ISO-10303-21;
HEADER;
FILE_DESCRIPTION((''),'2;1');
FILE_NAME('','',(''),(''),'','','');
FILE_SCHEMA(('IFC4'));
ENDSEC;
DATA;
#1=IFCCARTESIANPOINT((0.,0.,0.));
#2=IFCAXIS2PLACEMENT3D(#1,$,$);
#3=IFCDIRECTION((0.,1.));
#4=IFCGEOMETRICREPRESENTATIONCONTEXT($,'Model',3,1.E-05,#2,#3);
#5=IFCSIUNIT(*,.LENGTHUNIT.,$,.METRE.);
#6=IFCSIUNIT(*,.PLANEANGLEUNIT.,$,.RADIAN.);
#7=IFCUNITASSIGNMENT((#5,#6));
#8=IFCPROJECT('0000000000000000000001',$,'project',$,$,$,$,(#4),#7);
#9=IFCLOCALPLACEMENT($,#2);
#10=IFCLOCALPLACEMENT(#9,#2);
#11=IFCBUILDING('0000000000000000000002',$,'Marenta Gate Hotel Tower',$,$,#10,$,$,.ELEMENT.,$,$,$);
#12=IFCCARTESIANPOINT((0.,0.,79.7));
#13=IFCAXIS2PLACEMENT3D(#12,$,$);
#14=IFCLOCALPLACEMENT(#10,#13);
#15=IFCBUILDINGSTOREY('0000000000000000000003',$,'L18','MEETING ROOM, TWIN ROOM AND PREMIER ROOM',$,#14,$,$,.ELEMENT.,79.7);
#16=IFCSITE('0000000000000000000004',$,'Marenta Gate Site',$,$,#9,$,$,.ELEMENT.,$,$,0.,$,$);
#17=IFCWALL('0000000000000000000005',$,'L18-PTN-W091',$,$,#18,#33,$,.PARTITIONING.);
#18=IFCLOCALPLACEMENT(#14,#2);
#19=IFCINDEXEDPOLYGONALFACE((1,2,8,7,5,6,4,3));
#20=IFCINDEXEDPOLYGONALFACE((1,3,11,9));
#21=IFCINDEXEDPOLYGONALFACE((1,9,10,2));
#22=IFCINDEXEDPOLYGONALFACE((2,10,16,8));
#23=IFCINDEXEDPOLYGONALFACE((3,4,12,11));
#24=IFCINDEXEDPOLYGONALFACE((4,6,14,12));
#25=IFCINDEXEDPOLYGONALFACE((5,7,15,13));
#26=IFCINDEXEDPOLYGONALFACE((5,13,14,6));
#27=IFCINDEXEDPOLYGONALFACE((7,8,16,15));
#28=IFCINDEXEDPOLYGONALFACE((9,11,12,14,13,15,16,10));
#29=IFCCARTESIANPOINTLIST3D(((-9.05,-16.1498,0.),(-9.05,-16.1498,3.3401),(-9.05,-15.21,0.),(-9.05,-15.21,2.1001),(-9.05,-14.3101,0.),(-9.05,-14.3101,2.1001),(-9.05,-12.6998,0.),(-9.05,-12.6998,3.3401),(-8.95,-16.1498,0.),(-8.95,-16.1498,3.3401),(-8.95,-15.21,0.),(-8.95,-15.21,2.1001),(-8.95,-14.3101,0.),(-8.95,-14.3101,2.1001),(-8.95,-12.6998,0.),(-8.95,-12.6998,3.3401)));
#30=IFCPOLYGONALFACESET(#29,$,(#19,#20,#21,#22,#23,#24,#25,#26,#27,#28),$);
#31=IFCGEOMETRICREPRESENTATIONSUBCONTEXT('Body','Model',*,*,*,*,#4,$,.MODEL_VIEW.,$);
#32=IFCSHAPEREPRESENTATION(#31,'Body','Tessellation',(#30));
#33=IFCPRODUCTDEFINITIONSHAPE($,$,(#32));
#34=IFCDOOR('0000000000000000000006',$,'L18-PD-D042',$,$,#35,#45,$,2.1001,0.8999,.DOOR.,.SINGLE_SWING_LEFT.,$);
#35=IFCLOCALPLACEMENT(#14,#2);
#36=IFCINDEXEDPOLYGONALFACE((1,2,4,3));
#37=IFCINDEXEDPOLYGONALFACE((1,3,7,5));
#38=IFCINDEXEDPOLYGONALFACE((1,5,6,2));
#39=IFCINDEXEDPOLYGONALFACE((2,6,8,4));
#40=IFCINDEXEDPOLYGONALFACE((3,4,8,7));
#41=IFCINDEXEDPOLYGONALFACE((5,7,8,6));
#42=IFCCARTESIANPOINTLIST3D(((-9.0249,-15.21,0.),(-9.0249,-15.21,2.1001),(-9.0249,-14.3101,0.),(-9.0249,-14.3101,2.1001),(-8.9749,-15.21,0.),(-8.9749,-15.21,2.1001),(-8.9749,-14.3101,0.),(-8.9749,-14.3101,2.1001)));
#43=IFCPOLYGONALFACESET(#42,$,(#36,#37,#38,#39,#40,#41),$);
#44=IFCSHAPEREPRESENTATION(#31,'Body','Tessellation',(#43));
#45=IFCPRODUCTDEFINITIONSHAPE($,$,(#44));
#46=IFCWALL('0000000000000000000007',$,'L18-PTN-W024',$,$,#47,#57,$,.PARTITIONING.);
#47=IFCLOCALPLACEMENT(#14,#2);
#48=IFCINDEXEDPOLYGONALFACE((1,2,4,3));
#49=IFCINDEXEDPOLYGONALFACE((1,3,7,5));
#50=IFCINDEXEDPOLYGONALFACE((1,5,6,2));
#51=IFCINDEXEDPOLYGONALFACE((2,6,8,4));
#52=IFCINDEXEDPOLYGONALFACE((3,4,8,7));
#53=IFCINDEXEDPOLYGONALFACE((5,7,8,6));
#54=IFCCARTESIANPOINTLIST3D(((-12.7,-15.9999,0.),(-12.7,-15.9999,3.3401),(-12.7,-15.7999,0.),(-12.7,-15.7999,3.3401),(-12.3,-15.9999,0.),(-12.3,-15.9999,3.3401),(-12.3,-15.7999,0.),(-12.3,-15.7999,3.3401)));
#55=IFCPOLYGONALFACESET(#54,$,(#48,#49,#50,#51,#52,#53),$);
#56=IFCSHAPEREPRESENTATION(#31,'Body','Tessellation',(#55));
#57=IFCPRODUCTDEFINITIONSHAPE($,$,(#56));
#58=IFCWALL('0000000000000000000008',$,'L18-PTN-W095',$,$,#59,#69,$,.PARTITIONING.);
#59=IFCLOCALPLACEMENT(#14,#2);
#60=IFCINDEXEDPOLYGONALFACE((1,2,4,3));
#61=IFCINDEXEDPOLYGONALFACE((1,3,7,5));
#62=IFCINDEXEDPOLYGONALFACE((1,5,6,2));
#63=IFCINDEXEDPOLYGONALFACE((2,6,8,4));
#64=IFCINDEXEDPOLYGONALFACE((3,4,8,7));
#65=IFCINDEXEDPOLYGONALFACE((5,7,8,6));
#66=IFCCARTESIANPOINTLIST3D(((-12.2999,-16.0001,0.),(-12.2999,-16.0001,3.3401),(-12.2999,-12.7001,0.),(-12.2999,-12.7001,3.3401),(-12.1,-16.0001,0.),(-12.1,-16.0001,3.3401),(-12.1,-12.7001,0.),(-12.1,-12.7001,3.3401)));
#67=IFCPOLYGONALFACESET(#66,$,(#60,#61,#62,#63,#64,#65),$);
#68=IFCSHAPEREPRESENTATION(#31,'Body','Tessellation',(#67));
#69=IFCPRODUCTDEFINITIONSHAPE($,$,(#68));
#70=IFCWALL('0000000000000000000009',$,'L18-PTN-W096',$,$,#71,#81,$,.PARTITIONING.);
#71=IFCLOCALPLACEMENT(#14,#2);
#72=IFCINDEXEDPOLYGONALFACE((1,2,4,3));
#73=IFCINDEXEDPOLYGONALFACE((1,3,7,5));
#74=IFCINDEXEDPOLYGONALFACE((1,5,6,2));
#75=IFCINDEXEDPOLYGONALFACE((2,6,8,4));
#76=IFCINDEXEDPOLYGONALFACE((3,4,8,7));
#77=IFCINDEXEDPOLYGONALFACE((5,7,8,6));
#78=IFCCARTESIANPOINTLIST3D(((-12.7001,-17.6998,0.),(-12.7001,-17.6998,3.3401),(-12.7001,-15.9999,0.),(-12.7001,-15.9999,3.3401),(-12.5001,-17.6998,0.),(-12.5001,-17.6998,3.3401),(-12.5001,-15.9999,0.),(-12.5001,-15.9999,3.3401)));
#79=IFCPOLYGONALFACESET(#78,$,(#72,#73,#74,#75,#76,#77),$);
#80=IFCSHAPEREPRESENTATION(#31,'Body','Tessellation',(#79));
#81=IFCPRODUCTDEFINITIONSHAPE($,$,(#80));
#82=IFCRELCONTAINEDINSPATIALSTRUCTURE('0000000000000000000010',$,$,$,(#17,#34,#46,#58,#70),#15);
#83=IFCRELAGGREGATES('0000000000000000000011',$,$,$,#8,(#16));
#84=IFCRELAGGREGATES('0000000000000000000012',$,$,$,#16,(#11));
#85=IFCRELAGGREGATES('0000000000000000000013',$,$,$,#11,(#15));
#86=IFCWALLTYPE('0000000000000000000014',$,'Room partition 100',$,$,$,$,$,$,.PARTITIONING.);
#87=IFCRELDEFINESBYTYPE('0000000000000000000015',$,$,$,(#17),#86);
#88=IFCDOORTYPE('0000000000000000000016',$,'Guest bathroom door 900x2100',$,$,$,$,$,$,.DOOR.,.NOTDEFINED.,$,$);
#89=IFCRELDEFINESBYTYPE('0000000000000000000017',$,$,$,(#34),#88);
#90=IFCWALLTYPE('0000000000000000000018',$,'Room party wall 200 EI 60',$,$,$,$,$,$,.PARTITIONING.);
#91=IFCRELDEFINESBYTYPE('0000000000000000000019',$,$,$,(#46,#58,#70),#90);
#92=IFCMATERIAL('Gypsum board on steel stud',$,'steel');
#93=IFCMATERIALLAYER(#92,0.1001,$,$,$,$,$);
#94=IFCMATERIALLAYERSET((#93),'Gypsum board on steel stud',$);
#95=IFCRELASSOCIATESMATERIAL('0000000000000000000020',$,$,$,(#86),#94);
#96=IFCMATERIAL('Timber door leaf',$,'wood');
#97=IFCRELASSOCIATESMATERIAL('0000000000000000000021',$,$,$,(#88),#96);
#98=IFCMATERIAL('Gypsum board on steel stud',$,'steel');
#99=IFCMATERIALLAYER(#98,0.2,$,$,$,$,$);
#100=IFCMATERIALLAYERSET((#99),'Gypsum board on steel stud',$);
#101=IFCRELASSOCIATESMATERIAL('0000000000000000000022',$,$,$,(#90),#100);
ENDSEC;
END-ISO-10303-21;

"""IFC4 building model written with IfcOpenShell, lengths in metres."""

from ifc_helpers import new_model, si_unit, direction, frame, frame_2d, origin, place, context, subcontext, project, spatial, rectangle, extrude, material, layer, layer_set, type_object, element, fill, save


model = new_model("IFC4")

# Units and contexts
model_context = context("Model", 3, precision=1e-05, world=origin(), true_north=direction((0.0, 1.0)))
body_context = subcontext(model_context, "Body", "Model", "MODEL_VIEW")
ifc_project = project(units=[si_unit("LENGTHUNIT", "METRE"), si_unit("PLANEANGLEUNIT", "RADIAN")], contexts=[model_context])

# Site, building, storey
site_placement = place(None, origin())
site = spatial("IfcSite", under=ifc_project, at=site_placement, Name="Marenta Gate Site", CompositionType="ELEMENT", RefElevation=0.0)
building_placement = place(site_placement, origin())
building = spatial("IfcBuilding", under=site, at=building_placement, Name="Marenta Gate Hotel Tower", CompositionType="ELEMENT")
storey_placement = place(building_placement, frame((0.0, 0.0, 79.7)))
storey = spatial("IfcBuildingStorey", under=building, at=storey_placement, Name="L18", Description="MEETING ROOM, TWIN ROOM AND PREMIER ROOM", CompositionType="ELEMENT", Elevation=79.7)

# Shared definitions
ifc_material_1 = material(Name="Gypsum board on steel stud", Category="steel")
ifc_layer_1 = layer(ifc_material_1, 0.1001)
ifc_layer_set_1 = layer_set([ifc_layer_1], Name="Gypsum board on steel stud")
wall_type_1 = type_object("IfcWallType", Name="Room partition 100", PredefinedType="PARTITIONING", material=ifc_layer_set_1)

# Wall, opening, door
wall_1_placement = place(storey_placement, frame((-9.0, -16.1499, 0.0), z_axis=(0.0, 0.0, 1.0), x_axis=(0.0, 1.0, 0.0)))
wall_1 = element("IfcWall", 1, at=wall_1_placement, inside=storey, type_object=wall_type_1, Name="L18-PTN-W091", PredefinedType="PARTITIONING", context=body_context, shape_type="SweptSolid", body=[
    extrude(rectangle(XDim=3.45, YDim=0.1001, at=frame_2d((1.7251, 0.0))), origin(), (0.0, 0.0, 1.0), 3.3401),
])
opening_1_placement = place(wall_1_placement, frame((0.9399, 0.0, 0.0)))
opening_1 = element("IfcOpeningElement", 2, at=opening_1_placement, cuts=wall_1, PredefinedType="OPENING", context=body_context, shape_type="SweptSolid", body=[
    extrude(rectangle(XDim=0.8999, YDim=2.1001, at=frame_2d((0.45, 1.05))), frame((0.0, 0.05, 0.0), z_axis=(0.0, -1.0, 0.0), x_axis=(1.0, 0.0, 0.0)), (0.0, 0.0, 1.0), 0.1001),
])
ifc_material_2 = material(Name="Timber door leaf", Category="wood")
door_type_1 = type_object("IfcDoorType", Name="Guest bathroom door 900x2100", OperationType="NOTDEFINED", PredefinedType="DOOR", material=ifc_material_2)
door_1_placement = place(opening_1_placement, origin())
door_1 = element("IfcDoor", 3, at=door_1_placement, inside=storey, type_object=door_type_1, Name="L18-PD-D042", OperationType="SINGLE_SWING_LEFT", OverallHeight=2.1001, OverallWidth=0.8999, PredefinedType="DOOR", context=body_context, shape_type="SweptSolid", body=[
    extrude(rectangle(XDim=0.8999, YDim=2.1001, at=frame_2d((0.45, 1.05))), frame((0.0, 0.0249, 0.0), z_axis=(0.0, -1.0, 0.0), x_axis=(1.0, 0.0, 0.0)), (0.0, 0.0, 1.0), 0.05),
])
fill(opening_1, door_1)

# Walls
ifc_material_3 = material(Name="Gypsum board on steel stud", Category="steel")
ifc_layer_2 = layer(ifc_material_3, 0.2)
ifc_layer_set_2 = layer_set([ifc_layer_2], Name="Gypsum board on steel stud")
wall_type_2 = type_object("IfcWallType", Name="Room party wall 200 EI 60", PredefinedType="PARTITIONING", material=ifc_layer_set_2)
wall_2_placement = place(storey_placement, frame((-12.7, -15.8999, 0.0), z_axis=(0.0, 0.0, 1.0), x_axis=(1.0, 0.0, 0.0)))
element("IfcWall", 4, at=wall_2_placement, inside=storey, type_object=wall_type_2, Name="L18-PTN-W024", PredefinedType="PARTITIONING", context=body_context, shape_type="SweptSolid", body=[
    extrude(rectangle(XDim=0.3999, YDim=0.2, at=frame_2d((0.2, 0.0))), origin(), (0.0, 0.0, 1.0), 3.3401),
])
wall_3_placement = place(storey_placement, frame((-12.2, -16.0, 0.0), z_axis=(0.0, 0.0, 1.0), x_axis=(0.0, 1.0, 0.0)))
element("IfcWall", 5, at=wall_3_placement, inside=storey, type_object=wall_type_2, Name="L18-PTN-W095", PredefinedType="PARTITIONING", context=body_context, shape_type="SweptSolid", body=[
    extrude(rectangle(XDim=3.3, YDim=0.2, at=frame_2d((1.6499, 0.0))), origin(), (0.0, 0.0, 1.0), 3.3401),
])
wall_4_placement = place(storey_placement, frame((-12.6001, -17.7, 0.0), z_axis=(0.0, 0.0, 1.0), x_axis=(0.0, 1.0, 0.0)))
element("IfcWall", 6, at=wall_4_placement, inside=storey, type_object=wall_type_2, Name="L18-PTN-W096", PredefinedType="PARTITIONING", context=body_context, shape_type="SweptSolid", body=[
    extrude(rectangle(XDim=1.7, YDim=0.2, at=frame_2d((0.8501, 0.0))), origin(), (0.0, 0.0, 1.0), 3.3401),
])

save(model, "model.ifc")
